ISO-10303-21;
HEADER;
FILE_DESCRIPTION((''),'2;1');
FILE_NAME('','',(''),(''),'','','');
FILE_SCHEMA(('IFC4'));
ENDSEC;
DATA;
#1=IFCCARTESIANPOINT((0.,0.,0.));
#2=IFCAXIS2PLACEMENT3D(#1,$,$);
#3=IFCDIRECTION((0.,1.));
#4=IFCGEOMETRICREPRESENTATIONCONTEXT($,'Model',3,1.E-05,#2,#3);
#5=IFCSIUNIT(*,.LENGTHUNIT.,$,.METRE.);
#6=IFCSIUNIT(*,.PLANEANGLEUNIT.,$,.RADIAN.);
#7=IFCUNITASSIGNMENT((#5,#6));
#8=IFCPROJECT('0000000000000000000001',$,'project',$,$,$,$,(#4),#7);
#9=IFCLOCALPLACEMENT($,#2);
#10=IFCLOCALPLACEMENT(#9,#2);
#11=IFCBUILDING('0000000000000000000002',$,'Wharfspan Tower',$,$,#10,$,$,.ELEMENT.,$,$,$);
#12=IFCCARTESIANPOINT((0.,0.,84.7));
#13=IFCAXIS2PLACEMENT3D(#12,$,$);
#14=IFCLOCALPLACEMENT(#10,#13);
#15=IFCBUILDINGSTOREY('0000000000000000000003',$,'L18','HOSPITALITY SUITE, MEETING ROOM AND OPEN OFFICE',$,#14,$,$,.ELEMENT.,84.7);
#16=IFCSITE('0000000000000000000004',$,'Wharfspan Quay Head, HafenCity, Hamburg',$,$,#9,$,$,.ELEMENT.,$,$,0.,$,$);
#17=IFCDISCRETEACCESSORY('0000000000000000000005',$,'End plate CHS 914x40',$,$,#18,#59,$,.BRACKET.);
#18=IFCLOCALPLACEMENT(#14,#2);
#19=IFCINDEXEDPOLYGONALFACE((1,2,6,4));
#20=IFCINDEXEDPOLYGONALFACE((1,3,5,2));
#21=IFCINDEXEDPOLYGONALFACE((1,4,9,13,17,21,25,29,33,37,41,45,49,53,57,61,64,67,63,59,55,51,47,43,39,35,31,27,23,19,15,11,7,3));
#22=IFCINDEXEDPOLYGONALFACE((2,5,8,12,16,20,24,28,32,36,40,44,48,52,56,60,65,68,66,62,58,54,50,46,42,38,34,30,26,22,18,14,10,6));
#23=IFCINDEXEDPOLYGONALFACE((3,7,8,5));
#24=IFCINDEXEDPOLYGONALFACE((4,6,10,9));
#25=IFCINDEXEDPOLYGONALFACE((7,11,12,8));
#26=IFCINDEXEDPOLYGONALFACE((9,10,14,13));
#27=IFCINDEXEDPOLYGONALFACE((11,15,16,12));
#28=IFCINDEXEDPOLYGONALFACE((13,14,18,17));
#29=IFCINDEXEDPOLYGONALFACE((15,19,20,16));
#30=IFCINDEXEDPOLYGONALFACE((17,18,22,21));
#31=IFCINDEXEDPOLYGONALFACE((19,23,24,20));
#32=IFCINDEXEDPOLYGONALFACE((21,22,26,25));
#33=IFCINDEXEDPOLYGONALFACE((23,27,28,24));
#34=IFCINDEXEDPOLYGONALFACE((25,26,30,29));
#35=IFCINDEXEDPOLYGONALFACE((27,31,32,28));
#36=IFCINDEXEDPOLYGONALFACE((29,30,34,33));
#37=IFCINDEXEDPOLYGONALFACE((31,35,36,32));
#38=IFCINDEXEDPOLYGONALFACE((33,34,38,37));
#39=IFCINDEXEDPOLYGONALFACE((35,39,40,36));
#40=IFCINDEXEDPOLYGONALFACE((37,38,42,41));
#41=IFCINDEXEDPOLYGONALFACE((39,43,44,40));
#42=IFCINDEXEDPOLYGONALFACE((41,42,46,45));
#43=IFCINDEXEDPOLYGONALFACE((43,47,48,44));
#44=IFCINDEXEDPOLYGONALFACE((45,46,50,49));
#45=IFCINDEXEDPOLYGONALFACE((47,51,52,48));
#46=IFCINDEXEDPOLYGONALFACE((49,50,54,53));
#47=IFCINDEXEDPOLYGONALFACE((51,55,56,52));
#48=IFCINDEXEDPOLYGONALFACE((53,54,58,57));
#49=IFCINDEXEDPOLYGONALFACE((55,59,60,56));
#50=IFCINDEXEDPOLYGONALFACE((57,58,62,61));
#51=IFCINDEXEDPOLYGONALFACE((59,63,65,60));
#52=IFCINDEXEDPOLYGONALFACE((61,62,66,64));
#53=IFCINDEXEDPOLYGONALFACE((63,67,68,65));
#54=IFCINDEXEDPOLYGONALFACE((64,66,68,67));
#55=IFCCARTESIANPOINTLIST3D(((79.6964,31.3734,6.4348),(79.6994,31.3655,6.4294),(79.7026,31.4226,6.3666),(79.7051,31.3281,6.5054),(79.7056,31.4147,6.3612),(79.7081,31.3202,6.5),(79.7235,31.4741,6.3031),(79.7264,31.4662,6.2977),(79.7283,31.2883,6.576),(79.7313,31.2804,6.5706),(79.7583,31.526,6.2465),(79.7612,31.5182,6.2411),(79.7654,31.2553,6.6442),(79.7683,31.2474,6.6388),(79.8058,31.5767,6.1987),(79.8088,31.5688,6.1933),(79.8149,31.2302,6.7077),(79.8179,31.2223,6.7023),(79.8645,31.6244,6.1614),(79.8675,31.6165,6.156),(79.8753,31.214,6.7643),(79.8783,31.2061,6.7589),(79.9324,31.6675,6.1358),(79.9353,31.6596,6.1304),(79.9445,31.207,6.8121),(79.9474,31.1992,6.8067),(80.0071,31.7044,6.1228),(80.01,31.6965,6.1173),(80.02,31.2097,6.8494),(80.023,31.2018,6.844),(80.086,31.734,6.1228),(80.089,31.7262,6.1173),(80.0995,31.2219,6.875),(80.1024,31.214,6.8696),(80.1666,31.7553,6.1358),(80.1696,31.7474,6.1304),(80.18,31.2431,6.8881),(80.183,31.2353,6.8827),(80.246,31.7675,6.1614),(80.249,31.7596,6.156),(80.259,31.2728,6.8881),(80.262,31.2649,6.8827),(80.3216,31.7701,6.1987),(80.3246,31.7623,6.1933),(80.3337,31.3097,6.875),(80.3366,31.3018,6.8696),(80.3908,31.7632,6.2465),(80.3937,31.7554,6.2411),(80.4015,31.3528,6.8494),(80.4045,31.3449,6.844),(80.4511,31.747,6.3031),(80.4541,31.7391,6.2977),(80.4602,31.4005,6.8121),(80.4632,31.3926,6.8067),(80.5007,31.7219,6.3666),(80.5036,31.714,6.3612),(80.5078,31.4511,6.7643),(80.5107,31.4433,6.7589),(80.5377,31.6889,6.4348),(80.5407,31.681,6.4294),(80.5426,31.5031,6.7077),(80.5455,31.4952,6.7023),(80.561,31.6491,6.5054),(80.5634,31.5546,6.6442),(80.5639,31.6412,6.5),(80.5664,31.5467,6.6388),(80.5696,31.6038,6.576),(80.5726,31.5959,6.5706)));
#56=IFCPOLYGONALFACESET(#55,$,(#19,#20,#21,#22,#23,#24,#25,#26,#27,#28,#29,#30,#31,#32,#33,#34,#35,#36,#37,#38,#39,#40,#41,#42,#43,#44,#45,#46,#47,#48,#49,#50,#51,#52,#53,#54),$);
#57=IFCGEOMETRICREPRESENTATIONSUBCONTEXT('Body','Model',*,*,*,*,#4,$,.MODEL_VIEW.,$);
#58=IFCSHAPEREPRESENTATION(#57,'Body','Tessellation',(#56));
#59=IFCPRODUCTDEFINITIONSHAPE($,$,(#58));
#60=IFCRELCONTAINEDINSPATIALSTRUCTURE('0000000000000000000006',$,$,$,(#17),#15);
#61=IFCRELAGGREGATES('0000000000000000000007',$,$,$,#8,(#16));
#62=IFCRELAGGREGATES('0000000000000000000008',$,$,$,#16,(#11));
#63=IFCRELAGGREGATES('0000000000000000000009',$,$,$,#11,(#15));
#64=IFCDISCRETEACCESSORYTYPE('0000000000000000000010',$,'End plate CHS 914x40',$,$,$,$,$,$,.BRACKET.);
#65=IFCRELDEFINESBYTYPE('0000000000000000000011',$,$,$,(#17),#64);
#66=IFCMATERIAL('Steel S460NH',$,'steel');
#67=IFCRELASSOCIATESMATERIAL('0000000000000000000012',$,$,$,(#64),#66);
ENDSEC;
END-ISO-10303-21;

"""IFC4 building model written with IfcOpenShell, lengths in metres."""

from ifc_helpers import new_model, si_unit, direction, frame, origin, origin_2d, place, context, subcontext, project, spatial, circle, extrude, material, material_profile, profile_set, type_object, element, save


model = new_model("IFC4")

# Units and contexts
model_context = context("Model", 3, precision=1e-05, world=origin(), true_north=direction((0.0, 1.0)))
body_context = subcontext(model_context, "Body", "Model", "MODEL_VIEW")
ifc_project = project(units=[si_unit("LENGTHUNIT", "METRE"), si_unit("PLANEANGLEUNIT", "RADIAN")], contexts=[model_context])

# Site, building, storey
site_placement = place(None, origin())
site = spatial("IfcSite", under=ifc_project, at=site_placement, Name="Wharfspan Quay Head, HafenCity, Hamburg", CompositionType="ELEMENT", RefElevation=0.0)
building_placement = place(site_placement, origin())
building = spatial("IfcBuilding", under=site, at=building_placement, Name="Wharfspan Tower", CompositionType="ELEMENT")
storey_placement = place(building_placement, frame((0.0, 0.0, 84.7)))
storey = spatial("IfcBuildingStorey", under=building, at=storey_placement, Name="L18", Description="HOSPITALITY SUITE, MEETING ROOM AND OPEN OFFICE", CompositionType="ELEMENT", Elevation=84.7)

# Shared definitions
ifc_material_1 = material(Name="Steel S460NH", Category="steel")

# Discrete accessory
ifc_material_profile_1 = material_profile(ifc_material_1, circle(Radius=0.457, at=origin_2d()))
ifc_profile_set_1 = profile_set([ifc_material_profile_1], Name="Steel S460NH")
discrete_accessory_type = type_object("IfcDiscreteAccessoryType", Name="End plate CHS 914x40", PredefinedType="BRACKET", material=ifc_profile_set_1)
for number, where, z_axis, x_axis, name in (
    (1, (80.136, 31.4807, 6.5), (-0.295241, 0.787309, 0.541275), (-0.936333, -0.351125, 0.0), "End plate CHS 914x40"),
):
    element("IfcDiscreteAccessory", number, at=place(storey_placement, frame(where, z_axis=z_axis, x_axis=x_axis)), inside=storey, type_object=discrete_accessory_type, Name=name, PredefinedType="BRACKET", context=body_context, shape_type="SweptSolid", body=[
        extrude(circle(Radius=0.457, at=origin_2d()), origin(), (0.0, 0.0, 1.0), 0.01),
    ])

save(model, "model.ifc")
